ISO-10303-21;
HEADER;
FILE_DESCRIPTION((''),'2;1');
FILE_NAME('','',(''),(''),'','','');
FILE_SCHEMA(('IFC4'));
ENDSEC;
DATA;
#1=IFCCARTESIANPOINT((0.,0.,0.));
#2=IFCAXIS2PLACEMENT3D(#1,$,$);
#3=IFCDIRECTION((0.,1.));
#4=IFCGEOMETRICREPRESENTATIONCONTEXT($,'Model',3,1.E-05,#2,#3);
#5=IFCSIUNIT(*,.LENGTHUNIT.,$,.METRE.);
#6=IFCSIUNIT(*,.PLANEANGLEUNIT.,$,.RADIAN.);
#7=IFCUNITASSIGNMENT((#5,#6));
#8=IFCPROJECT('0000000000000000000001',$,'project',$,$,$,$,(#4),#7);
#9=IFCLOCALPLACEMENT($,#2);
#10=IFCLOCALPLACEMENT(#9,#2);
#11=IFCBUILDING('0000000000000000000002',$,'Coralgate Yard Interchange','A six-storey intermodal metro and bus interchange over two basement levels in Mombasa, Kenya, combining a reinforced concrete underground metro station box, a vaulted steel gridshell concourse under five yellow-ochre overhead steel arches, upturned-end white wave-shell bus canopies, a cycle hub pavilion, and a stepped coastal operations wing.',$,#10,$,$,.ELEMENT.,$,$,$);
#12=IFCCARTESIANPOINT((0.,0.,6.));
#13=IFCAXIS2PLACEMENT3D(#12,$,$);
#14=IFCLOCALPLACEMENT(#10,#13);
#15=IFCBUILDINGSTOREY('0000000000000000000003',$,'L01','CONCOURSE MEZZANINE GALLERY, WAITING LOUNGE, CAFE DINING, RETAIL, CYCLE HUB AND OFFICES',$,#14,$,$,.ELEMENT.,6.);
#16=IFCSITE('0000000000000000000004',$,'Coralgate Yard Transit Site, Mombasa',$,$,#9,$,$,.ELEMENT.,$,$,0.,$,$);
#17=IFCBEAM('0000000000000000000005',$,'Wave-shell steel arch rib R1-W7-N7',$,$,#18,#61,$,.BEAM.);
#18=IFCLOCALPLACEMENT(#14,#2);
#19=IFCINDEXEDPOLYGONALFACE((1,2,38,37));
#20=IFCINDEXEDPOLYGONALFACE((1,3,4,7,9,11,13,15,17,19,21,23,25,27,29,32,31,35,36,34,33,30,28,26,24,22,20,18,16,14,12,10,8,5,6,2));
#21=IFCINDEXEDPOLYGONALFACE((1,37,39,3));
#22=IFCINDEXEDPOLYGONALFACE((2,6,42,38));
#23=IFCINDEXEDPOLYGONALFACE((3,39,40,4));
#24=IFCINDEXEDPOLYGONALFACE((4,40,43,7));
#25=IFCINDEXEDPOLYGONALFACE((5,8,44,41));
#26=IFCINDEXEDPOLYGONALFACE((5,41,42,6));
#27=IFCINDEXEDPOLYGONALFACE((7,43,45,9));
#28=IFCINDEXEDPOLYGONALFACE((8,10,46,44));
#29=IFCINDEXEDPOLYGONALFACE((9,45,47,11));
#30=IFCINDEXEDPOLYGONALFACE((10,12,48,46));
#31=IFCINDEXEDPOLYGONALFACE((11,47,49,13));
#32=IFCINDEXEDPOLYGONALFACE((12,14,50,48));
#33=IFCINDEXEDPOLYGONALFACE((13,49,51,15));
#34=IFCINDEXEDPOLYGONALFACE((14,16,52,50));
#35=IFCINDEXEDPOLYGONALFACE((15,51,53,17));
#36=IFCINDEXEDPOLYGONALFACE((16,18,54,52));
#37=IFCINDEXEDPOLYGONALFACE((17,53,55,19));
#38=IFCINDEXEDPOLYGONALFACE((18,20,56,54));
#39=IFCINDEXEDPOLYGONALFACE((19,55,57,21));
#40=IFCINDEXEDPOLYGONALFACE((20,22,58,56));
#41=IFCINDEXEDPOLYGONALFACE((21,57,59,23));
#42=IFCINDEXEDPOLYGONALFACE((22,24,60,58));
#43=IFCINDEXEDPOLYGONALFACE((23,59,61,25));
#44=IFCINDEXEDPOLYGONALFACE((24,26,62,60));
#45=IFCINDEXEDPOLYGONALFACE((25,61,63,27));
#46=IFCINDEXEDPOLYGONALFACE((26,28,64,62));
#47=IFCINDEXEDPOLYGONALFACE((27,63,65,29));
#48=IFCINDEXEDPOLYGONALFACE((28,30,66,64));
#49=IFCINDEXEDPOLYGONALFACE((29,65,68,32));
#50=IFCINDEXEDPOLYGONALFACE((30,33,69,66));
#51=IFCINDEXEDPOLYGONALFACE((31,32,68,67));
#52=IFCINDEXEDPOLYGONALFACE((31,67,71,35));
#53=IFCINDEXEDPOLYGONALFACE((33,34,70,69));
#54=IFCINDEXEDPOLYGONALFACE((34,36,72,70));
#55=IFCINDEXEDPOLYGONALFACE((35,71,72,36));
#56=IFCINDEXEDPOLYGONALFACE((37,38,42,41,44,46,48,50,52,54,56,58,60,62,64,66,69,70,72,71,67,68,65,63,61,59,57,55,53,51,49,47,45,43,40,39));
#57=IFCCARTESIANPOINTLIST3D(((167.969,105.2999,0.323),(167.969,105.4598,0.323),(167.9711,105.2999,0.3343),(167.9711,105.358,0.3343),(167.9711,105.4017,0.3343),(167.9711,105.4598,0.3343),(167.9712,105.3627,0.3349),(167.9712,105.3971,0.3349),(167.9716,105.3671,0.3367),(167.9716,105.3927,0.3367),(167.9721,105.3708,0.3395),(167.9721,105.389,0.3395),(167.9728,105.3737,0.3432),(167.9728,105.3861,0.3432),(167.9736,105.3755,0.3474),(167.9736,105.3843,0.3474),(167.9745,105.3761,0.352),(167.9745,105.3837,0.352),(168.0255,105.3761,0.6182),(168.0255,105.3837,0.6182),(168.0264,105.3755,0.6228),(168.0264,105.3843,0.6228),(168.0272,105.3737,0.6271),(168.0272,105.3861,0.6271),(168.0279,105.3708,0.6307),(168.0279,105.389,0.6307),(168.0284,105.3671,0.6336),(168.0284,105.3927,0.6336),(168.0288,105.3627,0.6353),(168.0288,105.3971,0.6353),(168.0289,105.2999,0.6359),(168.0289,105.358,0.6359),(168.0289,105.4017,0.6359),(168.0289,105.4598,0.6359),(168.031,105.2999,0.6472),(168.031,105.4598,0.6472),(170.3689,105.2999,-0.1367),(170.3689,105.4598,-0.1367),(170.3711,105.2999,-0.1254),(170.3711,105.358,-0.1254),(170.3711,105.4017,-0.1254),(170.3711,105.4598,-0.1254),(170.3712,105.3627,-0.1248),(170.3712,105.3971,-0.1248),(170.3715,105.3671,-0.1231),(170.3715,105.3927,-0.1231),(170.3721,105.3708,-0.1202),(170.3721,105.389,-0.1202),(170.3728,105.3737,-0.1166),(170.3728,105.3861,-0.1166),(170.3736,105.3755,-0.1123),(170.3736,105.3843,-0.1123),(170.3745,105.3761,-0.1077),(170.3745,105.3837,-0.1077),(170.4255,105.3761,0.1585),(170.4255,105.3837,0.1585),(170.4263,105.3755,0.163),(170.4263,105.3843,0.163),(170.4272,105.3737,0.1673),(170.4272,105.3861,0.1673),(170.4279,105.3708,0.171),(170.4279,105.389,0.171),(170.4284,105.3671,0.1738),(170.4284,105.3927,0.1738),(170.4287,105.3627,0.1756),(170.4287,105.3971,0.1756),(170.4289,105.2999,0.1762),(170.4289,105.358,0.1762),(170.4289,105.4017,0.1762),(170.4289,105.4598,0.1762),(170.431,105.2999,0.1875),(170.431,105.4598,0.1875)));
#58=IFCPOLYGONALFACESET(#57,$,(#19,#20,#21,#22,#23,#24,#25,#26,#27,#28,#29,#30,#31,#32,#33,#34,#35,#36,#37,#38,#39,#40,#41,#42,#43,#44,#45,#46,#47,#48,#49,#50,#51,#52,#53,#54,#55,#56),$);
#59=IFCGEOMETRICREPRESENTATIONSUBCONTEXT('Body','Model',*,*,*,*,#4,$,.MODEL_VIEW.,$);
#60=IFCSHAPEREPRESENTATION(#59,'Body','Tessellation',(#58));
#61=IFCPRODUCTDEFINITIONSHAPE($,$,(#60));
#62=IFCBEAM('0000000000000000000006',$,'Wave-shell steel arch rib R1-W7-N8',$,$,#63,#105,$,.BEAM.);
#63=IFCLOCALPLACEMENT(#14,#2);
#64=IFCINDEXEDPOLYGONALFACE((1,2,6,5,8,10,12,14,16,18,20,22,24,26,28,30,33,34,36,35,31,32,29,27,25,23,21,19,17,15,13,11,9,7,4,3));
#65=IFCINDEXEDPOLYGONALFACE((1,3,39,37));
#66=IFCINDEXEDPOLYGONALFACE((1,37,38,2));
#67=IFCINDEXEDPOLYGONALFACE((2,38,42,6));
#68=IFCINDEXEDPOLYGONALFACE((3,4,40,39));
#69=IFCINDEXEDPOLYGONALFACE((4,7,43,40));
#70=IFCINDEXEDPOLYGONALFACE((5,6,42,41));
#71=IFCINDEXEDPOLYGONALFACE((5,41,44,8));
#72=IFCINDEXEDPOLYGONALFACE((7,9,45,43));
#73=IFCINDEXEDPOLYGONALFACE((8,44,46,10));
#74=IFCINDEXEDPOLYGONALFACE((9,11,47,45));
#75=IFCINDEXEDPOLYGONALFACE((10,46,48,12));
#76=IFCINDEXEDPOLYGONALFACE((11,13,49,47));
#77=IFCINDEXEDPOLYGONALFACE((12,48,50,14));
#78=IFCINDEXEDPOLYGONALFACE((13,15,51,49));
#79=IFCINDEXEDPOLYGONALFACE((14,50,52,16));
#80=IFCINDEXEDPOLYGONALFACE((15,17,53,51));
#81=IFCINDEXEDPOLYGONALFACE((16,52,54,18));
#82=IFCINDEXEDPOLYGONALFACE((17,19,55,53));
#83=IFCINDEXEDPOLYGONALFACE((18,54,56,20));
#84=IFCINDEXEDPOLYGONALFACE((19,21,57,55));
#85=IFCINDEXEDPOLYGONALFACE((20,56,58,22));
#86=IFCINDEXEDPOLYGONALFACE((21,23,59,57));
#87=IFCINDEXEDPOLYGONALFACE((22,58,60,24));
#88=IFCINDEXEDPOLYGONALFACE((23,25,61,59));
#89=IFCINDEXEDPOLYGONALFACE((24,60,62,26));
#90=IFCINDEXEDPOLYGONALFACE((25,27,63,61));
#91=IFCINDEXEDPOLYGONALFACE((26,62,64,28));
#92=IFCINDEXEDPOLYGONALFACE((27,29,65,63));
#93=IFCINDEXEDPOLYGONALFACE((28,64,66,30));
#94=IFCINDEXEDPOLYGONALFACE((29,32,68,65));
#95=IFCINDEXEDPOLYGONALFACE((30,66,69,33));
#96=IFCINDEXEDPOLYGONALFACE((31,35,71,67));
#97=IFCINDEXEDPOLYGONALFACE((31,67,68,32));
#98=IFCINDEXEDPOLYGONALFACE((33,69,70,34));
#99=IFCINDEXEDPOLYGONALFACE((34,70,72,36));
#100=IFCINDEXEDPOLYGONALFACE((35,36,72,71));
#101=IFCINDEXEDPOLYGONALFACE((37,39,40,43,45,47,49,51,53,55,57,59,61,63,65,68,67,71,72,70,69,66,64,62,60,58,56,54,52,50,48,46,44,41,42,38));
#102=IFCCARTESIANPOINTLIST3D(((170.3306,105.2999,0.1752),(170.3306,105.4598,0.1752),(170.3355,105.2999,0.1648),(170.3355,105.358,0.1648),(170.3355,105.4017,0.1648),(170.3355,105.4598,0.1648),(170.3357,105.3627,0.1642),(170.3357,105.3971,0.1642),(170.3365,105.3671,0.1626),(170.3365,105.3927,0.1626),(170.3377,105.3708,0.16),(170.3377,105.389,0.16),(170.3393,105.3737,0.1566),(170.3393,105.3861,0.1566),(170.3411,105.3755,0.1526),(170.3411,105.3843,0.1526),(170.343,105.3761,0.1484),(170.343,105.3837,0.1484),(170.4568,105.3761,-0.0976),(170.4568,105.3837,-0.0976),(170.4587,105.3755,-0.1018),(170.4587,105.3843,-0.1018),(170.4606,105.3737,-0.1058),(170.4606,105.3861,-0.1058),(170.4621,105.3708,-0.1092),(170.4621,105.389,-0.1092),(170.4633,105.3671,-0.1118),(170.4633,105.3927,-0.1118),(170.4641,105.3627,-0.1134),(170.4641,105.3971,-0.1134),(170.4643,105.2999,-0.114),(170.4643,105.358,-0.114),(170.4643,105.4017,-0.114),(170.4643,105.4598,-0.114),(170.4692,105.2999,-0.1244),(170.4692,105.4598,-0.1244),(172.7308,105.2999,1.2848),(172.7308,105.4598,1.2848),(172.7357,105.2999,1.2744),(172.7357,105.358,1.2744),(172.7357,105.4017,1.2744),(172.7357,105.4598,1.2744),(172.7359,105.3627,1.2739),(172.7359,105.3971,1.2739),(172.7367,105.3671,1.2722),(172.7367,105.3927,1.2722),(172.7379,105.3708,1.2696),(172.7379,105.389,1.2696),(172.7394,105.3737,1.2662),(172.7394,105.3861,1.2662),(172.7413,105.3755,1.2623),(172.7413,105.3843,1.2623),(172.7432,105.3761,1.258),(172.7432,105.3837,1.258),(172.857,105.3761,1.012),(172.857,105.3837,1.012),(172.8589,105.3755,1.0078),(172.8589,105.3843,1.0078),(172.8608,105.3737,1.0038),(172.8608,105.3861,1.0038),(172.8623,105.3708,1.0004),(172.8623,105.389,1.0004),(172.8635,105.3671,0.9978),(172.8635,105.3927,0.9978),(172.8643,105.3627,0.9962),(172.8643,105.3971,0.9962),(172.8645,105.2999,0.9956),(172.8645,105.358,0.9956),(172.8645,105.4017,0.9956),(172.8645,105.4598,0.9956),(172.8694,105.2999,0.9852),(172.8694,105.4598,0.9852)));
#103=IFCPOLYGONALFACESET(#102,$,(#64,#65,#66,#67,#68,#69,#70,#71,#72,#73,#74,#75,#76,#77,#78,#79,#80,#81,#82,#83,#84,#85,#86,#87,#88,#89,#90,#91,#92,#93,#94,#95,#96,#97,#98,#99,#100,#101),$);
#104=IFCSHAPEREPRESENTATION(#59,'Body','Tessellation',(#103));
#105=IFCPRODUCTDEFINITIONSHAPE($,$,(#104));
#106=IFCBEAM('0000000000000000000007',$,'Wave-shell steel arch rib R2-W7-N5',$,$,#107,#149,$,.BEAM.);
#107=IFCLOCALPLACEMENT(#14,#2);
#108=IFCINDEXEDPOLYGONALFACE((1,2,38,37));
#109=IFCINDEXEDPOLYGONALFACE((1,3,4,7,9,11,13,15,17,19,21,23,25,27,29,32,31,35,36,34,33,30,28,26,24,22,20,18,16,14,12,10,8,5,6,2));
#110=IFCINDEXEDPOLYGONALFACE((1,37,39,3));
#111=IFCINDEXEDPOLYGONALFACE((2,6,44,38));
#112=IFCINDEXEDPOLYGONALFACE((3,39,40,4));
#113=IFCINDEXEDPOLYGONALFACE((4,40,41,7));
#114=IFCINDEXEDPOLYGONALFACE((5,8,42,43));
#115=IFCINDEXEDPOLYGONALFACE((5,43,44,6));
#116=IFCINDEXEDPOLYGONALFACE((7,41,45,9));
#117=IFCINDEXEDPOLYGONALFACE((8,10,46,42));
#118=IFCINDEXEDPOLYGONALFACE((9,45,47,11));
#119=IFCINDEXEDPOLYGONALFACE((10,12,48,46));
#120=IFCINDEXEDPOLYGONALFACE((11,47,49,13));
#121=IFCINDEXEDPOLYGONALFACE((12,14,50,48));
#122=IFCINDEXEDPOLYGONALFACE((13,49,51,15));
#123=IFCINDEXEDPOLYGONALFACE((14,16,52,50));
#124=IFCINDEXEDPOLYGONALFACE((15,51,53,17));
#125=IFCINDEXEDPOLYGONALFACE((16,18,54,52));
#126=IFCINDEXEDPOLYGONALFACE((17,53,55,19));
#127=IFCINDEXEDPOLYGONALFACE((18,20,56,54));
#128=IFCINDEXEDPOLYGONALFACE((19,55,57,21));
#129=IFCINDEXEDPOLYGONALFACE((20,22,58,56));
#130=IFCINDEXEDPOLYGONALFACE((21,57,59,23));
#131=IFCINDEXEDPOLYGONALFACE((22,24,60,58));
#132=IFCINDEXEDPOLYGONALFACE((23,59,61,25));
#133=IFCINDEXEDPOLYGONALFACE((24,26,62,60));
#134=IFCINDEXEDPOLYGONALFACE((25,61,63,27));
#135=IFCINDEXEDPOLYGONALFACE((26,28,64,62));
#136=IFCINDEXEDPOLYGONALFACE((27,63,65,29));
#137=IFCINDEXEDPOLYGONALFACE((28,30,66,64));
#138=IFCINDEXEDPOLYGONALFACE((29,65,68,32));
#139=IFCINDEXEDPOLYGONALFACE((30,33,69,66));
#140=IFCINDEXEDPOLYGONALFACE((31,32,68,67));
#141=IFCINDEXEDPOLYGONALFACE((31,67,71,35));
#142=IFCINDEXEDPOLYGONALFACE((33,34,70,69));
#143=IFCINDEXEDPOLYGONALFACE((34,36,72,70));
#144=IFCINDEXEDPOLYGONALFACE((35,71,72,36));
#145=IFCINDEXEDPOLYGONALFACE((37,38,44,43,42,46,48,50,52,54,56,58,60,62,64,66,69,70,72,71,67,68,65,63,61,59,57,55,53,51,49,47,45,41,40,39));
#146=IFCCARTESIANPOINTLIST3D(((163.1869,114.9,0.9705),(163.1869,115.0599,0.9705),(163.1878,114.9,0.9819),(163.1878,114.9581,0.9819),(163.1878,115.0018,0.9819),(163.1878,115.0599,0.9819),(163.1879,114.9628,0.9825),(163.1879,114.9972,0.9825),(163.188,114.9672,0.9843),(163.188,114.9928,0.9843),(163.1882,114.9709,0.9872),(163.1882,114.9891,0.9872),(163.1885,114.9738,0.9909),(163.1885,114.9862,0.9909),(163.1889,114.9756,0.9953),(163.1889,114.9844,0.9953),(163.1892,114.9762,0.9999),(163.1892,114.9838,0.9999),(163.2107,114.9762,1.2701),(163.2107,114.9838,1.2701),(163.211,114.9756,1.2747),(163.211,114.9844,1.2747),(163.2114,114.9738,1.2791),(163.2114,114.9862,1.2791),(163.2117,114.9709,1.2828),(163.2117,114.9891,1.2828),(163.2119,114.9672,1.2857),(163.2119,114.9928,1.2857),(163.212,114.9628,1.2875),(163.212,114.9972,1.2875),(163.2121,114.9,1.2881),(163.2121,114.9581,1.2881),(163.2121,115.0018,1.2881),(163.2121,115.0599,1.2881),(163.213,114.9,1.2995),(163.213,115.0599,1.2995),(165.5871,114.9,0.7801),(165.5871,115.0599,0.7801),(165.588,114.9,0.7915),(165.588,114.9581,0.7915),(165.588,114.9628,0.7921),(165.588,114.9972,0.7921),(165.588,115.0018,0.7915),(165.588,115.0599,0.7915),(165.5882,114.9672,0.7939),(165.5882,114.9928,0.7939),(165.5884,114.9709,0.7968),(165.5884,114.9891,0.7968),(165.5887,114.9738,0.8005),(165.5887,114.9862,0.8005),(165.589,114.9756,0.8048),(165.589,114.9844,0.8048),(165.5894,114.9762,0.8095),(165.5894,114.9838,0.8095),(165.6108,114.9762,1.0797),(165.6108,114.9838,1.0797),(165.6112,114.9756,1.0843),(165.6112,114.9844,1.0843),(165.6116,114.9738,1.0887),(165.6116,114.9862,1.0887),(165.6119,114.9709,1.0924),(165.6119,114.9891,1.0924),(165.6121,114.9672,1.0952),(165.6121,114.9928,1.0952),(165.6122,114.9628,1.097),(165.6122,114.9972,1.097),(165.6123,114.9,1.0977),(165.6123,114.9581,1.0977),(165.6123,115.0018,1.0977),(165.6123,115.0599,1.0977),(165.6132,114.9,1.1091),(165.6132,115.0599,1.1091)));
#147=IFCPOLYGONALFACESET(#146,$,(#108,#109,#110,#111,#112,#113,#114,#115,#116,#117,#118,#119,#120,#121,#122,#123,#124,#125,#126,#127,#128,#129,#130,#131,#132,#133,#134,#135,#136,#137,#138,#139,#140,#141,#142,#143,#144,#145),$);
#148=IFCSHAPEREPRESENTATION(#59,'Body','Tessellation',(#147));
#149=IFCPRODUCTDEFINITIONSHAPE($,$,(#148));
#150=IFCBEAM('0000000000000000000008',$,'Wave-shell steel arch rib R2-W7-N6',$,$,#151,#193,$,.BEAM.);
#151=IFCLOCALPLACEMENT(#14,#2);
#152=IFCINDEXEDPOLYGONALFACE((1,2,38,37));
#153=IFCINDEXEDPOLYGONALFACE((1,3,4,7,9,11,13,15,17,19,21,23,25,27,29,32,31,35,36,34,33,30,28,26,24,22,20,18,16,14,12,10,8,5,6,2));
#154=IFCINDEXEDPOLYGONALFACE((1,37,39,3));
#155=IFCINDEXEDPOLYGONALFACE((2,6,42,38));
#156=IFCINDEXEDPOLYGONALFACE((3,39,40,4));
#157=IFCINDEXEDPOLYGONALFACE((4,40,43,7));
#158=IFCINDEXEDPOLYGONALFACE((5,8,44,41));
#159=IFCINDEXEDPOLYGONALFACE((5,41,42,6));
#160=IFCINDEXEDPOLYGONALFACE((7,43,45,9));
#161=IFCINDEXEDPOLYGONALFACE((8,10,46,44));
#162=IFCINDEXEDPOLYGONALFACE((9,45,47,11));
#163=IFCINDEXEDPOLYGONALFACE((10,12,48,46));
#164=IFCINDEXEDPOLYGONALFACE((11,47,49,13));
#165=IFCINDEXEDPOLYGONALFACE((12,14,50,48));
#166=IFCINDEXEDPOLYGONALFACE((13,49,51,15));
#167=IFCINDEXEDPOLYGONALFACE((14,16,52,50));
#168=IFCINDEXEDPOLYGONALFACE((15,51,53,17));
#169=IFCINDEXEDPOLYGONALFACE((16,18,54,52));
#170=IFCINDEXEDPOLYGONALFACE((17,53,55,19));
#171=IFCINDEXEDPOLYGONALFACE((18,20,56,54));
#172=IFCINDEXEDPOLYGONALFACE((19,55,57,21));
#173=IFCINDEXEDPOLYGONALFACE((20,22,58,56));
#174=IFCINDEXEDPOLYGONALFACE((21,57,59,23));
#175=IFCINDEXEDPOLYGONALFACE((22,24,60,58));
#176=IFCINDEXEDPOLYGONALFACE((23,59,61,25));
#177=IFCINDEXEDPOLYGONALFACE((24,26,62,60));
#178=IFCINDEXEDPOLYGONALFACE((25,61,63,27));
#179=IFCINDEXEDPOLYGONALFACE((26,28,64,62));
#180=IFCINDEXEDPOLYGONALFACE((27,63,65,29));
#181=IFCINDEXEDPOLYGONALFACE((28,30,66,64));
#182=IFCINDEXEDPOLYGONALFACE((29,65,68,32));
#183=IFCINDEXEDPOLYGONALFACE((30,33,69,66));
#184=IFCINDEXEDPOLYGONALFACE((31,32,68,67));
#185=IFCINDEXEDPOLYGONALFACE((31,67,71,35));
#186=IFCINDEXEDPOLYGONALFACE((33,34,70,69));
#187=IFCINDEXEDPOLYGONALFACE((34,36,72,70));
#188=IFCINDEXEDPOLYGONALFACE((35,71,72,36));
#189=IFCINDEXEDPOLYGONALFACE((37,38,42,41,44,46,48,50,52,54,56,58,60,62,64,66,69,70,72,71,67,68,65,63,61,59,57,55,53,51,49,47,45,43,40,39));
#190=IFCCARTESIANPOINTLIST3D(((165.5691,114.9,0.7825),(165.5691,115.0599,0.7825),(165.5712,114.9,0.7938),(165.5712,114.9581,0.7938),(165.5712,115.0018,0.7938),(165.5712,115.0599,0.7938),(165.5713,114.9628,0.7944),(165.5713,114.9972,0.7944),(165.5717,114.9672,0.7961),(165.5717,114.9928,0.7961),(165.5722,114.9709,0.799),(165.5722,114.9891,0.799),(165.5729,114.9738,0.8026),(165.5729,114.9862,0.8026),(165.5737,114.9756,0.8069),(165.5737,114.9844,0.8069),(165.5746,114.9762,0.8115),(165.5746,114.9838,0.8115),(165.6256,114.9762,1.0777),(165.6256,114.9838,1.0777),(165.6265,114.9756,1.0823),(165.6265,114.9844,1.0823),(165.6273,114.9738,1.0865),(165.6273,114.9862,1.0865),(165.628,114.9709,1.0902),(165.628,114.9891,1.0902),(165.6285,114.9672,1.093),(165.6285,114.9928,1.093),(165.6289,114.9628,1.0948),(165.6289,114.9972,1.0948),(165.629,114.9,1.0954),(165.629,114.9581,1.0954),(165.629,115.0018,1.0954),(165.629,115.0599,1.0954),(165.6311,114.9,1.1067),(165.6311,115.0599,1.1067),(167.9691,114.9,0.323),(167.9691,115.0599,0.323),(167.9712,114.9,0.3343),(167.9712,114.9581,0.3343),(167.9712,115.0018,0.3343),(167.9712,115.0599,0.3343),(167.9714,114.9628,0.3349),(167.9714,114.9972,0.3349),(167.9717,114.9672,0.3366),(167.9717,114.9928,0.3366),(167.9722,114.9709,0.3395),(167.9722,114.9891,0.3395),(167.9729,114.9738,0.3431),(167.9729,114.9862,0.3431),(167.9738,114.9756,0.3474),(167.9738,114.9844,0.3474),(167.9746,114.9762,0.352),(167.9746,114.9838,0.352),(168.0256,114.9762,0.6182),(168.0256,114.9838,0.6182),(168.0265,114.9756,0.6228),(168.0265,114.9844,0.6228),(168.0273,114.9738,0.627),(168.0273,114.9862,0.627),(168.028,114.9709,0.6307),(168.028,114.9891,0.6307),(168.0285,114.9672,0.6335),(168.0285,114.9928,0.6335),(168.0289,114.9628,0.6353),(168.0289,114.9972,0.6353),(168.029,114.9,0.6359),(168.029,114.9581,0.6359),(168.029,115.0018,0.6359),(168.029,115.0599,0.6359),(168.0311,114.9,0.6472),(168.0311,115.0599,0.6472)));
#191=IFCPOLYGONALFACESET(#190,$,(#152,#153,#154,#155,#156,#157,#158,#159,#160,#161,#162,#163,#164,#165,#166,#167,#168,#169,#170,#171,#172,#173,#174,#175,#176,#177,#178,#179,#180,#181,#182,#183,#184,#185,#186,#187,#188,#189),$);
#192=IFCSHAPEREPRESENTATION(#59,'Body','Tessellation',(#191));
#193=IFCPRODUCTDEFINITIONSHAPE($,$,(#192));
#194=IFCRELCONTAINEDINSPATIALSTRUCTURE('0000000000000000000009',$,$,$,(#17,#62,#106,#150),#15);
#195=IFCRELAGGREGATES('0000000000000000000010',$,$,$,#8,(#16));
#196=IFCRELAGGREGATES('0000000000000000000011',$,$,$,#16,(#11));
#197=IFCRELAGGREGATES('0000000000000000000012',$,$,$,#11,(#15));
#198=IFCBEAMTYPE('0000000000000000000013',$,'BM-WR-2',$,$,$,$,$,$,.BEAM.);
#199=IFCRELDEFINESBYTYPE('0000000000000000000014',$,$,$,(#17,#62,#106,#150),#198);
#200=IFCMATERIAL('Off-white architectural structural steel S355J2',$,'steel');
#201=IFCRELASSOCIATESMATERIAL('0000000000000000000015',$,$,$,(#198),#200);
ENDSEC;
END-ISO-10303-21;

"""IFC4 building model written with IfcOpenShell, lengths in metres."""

from ifc_helpers import new_model, si_unit, direction, frame, origin, origin_2d, place, context, subcontext, project, spatial, i_section, extrude, material, material_profile, profile_set, type_object, element, save


model = new_model("IFC4")

# Units and contexts
model_context = context("Model", 3, precision=1e-05, world=origin(), true_north=direction((0.0, 1.0)))
body_context = subcontext(model_context, "Body", "Model", "MODEL_VIEW")
ifc_project = project(units=[si_unit("LENGTHUNIT", "METRE"), si_unit("PLANEANGLEUNIT", "RADIAN")], contexts=[model_context])

# Site, building, storey
site_placement = place(None, origin())
site = spatial("IfcSite", under=ifc_project, at=site_placement, Name="Coralgate Yard Transit Site, Mombasa", CompositionType="ELEMENT", RefElevation=0.0)
building_placement = place(site_placement, origin())
building = spatial("IfcBuilding", under=site, at=building_placement, Name="Coralgate Yard Interchange", Description="A six-storey intermodal metro and bus interchange over two basement levels in Mombasa, Kenya, combining a reinforced concrete underground metro station box, a vaulted steel gridshell concourse under five yellow-ochre overhead steel arches, upturned-end white wave-shell bus canopies, a cycle hub pavilion, and a stepped coastal operations wing.", CompositionType="ELEMENT")
storey_placement = place(building_placement, frame((0.0, 0.0, 6.0)))
storey = spatial("IfcBuildingStorey", under=building, at=storey_placement, Name="L01", Description="CONCOURSE MEZZANINE GALLERY, WAITING LOUNGE, CAFE DINING, RETAIL, CYCLE HUB AND OFFICES", CompositionType="ELEMENT", Elevation=6.0)

# Beams
ifc_material_1 = material(Name="Off-white architectural structural steel S355J2", Category="steel")
ifc_material_profile_1 = material_profile(ifc_material_1, i_section(OverallWidth=0.1599, OverallDepth=0.3301, WebThickness=0.0076, FlangeThickness=0.0115, FilletRadius=0.0181, at=origin_2d()), Name="IPE 330")
ifc_profile_set_1 = profile_set([ifc_material_profile_1], Name="Off-white architectural structural steel S355J2")
beam_type_1 = type_object("IfcBeamType", Name="BM-WR-2", PredefinedType="BEAM", material=ifc_profile_set_1)
for number, where, z_axis, x_axis, name in (
    (1, (168.0, 105.3799, 0.4851), (0.982143, 0.0, -0.188136), (0.0, 1.0, 0.0), "Wave-shell steel arch rib R1-W7-N7"),
):
    element("IfcBeam", number, at=place(storey_placement, frame(where, z_axis=z_axis, x_axis=x_axis)), inside=storey, type_object=beam_type_1, Name=name, PredefinedType="BEAM", context=body_context, shape_type="SweptSolid", body=[
        extrude(i_section(OverallWidth=0.1599, OverallDepth=0.3301, WebThickness=0.0076, FlangeThickness=0.0115, FilletRadius=0.0181, at=origin_2d()), origin(), (0.0, 0.0, 1.0), 2.4436),
    ])
beam_1_placement = place(storey_placement, frame((170.3999, 105.3799, 0.0254), z_axis=(0.907692, 0.0, 0.419638), x_axis=(0.0, 1.0, 0.0)))
element("IfcBeam", 2, at=beam_1_placement, inside=storey, type_object=beam_type_1, Name="Wave-shell steel arch rib R1-W7-N8", PredefinedType="BEAM", context=body_context, shape_type="SweptSolid", body=[
    extrude(i_section(OverallWidth=0.1599, OverallDepth=0.3301, WebThickness=0.0076, FlangeThickness=0.0115, FilletRadius=0.0181, at=origin_2d()), origin(), (0.0, 0.0, 1.0), 2.6443),
])
beam_2_placement = place(storey_placement, frame((163.2, 114.98, 1.135), z_axis=(0.996867, 0.0, -0.079092), x_axis=(0.0, 1.0, 0.0)))
element("IfcBeam", 3, at=beam_2_placement, inside=storey, type_object=beam_type_1, Name="Wave-shell steel arch rib R2-W7-N5", PredefinedType="BEAM", context=body_context, shape_type="SweptSolid", body=[
    extrude(i_section(OverallWidth=0.1599, OverallDepth=0.3301, WebThickness=0.0076, FlangeThickness=0.0115, FilletRadius=0.0181, at=origin_2d()), origin(), (0.0, 0.0, 1.0), 2.4077),
])
for number, where, z_axis, x_axis, name in (
    (4, (165.6001, 114.98, 0.9446), (0.982161, 0.0, -0.188039), (0.0, 1.0, 0.0), "Wave-shell steel arch rib R2-W7-N6"),
):
    element("IfcBeam", number, at=place(storey_placement, frame(where, z_axis=z_axis, x_axis=x_axis)), inside=storey, type_object=beam_type_1, Name=name, PredefinedType="BEAM", context=body_context, shape_type="SweptSolid", body=[
        extrude(i_section(OverallWidth=0.1599, OverallDepth=0.3301, WebThickness=0.0076, FlangeThickness=0.0115, FilletRadius=0.0181, at=origin_2d()), origin(), (0.0, 0.0, 1.0), 2.4436),
    ])

save(model, "model.ifc")
